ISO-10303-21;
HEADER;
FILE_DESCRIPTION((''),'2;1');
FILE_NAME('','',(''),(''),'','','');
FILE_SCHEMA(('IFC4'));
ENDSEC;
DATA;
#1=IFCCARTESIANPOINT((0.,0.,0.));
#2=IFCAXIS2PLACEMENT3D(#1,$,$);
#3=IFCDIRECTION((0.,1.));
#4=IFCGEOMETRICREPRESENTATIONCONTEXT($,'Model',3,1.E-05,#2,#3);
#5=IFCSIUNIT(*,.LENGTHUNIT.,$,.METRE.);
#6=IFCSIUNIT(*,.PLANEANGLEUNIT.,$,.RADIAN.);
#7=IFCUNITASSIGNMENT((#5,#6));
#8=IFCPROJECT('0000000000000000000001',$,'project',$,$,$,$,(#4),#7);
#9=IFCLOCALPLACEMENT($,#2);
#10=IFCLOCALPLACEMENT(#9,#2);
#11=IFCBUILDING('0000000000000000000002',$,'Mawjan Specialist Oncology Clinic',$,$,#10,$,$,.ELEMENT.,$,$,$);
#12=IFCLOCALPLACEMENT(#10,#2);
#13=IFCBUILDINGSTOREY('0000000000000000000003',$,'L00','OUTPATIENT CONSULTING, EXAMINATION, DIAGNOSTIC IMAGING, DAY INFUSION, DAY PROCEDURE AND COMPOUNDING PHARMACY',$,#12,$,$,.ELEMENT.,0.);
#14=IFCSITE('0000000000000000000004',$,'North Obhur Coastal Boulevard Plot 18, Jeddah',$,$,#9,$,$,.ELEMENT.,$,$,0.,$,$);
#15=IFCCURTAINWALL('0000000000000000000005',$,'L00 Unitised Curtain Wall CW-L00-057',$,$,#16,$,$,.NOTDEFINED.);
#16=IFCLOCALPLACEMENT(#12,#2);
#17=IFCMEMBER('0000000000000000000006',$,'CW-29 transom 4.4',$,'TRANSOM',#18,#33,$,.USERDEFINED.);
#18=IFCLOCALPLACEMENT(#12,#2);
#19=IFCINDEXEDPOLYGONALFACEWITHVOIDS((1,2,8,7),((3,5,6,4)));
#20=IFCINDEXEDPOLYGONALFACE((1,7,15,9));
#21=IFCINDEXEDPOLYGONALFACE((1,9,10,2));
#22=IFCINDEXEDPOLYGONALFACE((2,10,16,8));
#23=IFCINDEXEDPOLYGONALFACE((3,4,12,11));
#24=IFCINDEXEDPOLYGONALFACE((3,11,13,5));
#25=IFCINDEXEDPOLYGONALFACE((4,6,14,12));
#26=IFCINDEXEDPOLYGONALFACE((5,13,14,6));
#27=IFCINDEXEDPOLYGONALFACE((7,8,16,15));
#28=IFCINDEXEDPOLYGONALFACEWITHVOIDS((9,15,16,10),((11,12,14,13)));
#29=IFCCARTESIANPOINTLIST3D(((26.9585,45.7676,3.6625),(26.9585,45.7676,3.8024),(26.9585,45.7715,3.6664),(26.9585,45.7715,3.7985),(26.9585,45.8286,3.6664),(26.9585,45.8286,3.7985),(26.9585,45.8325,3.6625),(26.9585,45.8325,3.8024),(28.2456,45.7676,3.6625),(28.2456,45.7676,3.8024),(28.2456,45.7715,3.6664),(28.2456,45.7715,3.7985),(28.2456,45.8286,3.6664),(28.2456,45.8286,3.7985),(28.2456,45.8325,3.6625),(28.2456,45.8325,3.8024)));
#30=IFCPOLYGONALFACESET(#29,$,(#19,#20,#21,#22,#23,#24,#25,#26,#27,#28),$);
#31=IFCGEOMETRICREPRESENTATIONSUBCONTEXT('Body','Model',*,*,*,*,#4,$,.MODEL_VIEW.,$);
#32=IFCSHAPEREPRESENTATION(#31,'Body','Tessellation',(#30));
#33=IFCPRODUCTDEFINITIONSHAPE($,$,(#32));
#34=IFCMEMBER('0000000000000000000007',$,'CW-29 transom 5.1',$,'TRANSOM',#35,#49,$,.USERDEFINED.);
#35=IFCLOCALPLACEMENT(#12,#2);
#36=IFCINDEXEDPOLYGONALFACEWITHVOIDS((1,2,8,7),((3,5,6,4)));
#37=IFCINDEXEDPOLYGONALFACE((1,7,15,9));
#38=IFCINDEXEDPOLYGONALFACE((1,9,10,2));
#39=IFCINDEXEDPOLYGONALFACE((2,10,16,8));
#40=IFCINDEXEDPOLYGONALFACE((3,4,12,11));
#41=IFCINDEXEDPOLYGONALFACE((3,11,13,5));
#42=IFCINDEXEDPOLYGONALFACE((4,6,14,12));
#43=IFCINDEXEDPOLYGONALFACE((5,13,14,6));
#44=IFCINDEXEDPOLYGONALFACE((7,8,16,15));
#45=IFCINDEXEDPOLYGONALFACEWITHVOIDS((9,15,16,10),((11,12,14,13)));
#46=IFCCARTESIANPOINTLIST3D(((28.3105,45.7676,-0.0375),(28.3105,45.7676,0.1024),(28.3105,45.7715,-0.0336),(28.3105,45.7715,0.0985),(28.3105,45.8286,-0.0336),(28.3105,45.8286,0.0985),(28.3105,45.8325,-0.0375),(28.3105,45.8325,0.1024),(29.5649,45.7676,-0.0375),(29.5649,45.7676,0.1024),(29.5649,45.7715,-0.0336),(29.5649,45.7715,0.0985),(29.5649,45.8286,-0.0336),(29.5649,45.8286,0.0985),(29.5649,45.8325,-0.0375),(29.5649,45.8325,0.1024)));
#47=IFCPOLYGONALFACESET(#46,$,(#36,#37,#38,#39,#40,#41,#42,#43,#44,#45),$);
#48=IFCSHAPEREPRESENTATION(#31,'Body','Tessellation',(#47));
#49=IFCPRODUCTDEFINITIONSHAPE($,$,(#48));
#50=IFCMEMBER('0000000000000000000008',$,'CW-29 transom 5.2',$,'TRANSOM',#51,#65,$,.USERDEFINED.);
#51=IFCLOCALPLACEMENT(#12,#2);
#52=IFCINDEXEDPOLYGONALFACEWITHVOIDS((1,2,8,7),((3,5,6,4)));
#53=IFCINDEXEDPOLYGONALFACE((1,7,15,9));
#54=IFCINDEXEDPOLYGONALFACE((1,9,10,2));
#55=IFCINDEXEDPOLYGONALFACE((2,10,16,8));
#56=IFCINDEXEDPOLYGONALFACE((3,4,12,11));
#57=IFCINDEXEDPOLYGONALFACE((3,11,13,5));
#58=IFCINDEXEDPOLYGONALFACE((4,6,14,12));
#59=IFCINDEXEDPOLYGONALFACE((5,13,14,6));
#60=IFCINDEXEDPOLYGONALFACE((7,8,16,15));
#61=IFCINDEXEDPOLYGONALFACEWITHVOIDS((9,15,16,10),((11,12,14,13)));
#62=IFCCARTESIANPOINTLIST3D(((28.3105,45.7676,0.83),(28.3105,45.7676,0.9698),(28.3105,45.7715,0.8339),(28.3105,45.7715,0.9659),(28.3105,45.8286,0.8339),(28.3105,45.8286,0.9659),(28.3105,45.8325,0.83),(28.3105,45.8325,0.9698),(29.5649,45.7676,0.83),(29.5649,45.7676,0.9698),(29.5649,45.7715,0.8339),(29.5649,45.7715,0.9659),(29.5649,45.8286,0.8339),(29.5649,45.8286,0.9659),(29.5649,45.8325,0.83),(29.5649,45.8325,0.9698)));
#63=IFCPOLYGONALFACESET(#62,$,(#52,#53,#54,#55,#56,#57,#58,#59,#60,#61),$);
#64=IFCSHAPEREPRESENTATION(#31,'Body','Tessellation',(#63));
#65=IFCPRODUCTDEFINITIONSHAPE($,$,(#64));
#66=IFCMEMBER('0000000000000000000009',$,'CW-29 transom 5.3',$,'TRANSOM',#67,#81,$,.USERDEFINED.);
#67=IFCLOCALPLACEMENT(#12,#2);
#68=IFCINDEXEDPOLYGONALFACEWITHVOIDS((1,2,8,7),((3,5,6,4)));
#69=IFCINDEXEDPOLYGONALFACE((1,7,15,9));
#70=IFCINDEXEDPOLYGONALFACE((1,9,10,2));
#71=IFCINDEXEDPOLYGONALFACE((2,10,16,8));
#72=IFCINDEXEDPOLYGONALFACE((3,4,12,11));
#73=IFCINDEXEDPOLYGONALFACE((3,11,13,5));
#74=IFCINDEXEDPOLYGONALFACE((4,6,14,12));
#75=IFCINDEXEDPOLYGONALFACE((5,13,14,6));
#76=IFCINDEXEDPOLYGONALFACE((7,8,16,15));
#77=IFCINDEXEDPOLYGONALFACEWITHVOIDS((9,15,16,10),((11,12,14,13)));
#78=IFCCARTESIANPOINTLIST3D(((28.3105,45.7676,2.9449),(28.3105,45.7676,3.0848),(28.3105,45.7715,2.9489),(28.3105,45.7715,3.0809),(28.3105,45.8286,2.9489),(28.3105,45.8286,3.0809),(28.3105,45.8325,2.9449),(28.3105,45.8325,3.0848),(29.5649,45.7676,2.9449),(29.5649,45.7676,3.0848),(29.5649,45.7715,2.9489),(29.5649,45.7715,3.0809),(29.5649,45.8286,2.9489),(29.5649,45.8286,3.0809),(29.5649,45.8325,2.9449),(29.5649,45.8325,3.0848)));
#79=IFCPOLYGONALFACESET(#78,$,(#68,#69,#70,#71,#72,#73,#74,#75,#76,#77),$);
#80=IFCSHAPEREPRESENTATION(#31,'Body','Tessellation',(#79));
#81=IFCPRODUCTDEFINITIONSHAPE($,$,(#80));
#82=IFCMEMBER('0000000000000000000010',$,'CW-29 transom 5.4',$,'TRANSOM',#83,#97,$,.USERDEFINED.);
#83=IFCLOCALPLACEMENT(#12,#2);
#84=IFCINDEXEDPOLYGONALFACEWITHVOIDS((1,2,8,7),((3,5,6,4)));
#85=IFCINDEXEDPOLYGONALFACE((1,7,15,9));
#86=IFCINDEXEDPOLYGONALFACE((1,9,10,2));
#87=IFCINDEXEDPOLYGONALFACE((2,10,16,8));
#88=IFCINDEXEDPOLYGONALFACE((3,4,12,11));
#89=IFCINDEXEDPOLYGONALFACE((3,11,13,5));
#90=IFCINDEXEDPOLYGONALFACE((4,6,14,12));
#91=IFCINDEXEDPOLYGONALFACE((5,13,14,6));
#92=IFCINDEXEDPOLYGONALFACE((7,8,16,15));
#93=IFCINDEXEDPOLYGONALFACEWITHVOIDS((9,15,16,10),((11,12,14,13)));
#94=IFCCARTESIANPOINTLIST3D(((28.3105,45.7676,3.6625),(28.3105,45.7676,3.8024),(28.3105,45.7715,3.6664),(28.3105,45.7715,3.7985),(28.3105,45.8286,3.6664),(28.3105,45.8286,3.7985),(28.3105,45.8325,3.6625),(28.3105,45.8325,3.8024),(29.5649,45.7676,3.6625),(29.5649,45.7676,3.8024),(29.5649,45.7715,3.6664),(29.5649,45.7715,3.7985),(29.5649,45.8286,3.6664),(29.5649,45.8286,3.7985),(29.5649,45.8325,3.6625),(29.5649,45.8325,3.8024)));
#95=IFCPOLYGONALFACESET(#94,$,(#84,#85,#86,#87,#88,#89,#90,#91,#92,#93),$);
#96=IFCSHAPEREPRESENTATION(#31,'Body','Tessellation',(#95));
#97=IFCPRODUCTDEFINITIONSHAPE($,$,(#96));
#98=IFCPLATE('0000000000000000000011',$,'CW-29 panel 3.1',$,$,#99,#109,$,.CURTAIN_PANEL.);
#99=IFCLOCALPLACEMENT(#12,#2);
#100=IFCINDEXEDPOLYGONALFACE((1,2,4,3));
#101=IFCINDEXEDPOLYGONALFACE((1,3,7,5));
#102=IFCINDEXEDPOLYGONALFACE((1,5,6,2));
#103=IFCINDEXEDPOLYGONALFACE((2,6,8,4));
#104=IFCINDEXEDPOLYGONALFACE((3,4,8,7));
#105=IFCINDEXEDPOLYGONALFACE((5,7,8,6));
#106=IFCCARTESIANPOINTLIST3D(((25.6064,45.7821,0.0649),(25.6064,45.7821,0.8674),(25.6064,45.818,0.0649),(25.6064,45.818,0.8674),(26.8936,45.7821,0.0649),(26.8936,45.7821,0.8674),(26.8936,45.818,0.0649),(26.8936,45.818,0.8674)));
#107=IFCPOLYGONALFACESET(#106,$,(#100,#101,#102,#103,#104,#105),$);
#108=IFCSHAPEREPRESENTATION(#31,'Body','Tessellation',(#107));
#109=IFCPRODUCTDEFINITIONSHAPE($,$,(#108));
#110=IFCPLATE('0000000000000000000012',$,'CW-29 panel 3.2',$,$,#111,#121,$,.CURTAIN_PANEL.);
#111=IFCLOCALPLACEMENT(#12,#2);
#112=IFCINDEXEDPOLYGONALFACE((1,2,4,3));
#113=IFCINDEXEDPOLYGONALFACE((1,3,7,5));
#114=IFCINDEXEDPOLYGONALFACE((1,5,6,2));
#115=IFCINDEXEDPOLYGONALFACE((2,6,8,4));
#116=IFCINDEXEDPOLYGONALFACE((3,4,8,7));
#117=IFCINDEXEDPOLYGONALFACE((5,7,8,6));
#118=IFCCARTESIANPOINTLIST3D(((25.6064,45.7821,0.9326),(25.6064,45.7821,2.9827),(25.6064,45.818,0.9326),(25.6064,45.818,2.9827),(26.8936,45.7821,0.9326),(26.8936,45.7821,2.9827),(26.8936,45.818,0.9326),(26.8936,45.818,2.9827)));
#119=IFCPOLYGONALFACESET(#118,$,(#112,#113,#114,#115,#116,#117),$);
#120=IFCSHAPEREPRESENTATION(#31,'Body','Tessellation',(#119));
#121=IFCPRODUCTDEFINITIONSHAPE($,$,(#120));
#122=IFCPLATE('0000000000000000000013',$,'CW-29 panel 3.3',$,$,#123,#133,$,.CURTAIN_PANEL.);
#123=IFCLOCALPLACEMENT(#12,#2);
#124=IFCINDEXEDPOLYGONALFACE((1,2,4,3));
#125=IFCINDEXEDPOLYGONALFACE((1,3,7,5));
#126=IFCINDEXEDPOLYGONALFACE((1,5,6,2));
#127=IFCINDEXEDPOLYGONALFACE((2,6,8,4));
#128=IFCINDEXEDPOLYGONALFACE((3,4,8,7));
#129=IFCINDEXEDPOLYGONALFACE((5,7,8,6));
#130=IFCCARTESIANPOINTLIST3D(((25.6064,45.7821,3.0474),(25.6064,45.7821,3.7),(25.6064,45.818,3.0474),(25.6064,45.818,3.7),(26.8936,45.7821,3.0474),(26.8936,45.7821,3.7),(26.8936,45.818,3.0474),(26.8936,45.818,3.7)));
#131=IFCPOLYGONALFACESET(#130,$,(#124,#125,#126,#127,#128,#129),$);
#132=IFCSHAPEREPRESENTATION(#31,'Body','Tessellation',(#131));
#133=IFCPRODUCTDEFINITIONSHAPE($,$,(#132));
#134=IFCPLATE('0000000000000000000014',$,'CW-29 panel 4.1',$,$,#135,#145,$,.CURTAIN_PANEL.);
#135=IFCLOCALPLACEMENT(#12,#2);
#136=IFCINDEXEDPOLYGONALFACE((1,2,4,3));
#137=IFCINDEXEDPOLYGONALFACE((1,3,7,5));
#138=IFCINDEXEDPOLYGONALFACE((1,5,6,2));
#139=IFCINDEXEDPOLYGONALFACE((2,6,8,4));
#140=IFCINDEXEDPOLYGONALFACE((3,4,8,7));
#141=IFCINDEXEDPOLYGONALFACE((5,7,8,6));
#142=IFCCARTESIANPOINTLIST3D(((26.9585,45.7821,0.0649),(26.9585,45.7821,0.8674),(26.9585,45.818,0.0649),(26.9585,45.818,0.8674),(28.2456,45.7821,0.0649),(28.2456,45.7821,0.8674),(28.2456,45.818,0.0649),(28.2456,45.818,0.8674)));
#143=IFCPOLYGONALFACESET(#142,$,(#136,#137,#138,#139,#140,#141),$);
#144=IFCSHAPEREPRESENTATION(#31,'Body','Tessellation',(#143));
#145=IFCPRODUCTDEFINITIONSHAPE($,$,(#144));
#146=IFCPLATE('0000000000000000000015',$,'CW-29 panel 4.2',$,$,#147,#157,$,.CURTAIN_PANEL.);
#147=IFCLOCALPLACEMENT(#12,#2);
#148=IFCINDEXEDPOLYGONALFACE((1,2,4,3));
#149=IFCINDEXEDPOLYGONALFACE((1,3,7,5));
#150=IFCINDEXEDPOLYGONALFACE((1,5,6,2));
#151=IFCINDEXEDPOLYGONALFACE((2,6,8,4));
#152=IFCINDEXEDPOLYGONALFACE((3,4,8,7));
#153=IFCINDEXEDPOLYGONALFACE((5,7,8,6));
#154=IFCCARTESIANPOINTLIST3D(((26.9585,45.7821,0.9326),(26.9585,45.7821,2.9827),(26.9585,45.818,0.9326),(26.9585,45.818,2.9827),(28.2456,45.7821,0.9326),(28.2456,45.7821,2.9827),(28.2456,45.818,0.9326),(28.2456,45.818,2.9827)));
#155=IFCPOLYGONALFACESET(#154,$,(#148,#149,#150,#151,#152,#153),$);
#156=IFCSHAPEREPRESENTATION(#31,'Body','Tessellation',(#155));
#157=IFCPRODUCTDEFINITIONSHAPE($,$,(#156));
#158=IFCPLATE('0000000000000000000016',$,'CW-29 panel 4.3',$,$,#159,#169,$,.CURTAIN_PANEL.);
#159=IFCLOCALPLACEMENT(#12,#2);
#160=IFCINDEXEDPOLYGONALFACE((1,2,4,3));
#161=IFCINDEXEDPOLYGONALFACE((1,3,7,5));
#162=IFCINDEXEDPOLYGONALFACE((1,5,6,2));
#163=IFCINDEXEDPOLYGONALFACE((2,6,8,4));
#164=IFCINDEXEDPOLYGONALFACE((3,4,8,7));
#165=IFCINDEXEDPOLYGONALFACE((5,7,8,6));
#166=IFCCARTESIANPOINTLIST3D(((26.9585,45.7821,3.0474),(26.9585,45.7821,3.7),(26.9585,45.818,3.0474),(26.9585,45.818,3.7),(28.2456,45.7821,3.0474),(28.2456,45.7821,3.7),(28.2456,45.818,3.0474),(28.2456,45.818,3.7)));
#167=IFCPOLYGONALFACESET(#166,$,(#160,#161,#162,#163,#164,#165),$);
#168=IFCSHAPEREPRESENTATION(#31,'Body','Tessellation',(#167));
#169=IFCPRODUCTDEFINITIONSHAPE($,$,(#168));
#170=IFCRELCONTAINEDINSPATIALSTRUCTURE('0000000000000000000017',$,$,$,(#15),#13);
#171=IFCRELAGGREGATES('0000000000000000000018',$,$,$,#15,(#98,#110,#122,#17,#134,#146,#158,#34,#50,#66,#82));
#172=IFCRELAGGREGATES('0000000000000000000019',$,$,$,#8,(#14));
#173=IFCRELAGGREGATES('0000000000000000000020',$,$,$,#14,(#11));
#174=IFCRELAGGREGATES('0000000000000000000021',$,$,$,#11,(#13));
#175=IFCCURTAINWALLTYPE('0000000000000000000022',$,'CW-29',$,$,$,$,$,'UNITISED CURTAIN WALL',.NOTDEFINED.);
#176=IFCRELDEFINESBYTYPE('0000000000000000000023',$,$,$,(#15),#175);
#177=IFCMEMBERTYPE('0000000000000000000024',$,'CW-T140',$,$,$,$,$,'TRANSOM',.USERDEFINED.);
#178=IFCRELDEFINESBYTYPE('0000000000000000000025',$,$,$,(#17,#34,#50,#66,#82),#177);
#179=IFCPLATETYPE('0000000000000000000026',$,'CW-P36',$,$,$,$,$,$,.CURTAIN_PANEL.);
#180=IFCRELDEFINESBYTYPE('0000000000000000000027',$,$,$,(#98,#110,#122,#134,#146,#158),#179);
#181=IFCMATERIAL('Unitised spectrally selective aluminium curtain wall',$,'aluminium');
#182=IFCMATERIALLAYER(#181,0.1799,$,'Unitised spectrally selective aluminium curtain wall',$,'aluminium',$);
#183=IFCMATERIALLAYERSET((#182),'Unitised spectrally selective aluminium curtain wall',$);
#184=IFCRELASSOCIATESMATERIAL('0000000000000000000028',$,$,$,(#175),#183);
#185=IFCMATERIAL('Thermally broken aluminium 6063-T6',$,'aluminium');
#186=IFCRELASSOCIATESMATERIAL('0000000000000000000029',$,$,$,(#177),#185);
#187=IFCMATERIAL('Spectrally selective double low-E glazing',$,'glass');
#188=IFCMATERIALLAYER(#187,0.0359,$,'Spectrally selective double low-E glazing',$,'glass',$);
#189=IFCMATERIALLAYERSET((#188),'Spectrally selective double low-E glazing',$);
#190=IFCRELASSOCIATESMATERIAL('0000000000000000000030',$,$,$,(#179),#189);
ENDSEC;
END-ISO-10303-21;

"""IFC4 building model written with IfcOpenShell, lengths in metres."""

from ifc_helpers import new_model, si_unit, direction, frame, origin, origin_2d, place, context, subcontext, project, spatial, rectangle, hollow_rectangle, extrude, material, layer, layer_set, material_profile, profile_set, type_object, element, aggregate, save


model = new_model("IFC4")

# Units and contexts
model_context = context("Model", 3, precision=1e-05, world=origin(), true_north=direction((0.0, 1.0)))
body_context = subcontext(model_context, "Body", "Model", "MODEL_VIEW")
ifc_project = project(units=[si_unit("LENGTHUNIT", "METRE"), si_unit("PLANEANGLEUNIT", "RADIAN")], contexts=[model_context])

# Site, building, storey
site_placement = place(None, origin())
site = spatial("IfcSite", under=ifc_project, at=site_placement, Name="North Obhur Coastal Boulevard Plot 18, Jeddah", CompositionType="ELEMENT", RefElevation=0.0)
building_placement = place(site_placement, origin())
building = spatial("IfcBuilding", under=site, at=building_placement, Name="Mawjan Specialist Oncology Clinic", CompositionType="ELEMENT")
storey_placement = place(building_placement, origin())
storey = spatial("IfcBuildingStorey", under=building, at=storey_placement, Name="L00", Description="OUTPATIENT CONSULTING, EXAMINATION, DIAGNOSTIC IMAGING, DAY INFUSION, DAY PROCEDURE AND COMPOUNDING PHARMACY", CompositionType="ELEMENT", Elevation=0.0)

# Curtain wall, members, plates
ifc_material_1 = material(Name="Unitised spectrally selective aluminium curtain wall", Category="aluminium")
ifc_layer_1 = layer(ifc_material_1, 0.1799, Name="Unitised spectrally selective aluminium curtain wall", Category="aluminium")
ifc_layer_set_1 = layer_set([ifc_layer_1], Name="Unitised spectrally selective aluminium curtain wall")
curtain_wall_type = type_object("IfcCurtainWallType", Name="CW-29", ElementType="UNITISED CURTAIN WALL", PredefinedType="NOTDEFINED", material=ifc_layer_set_1)
curtain_wall_placement = place(storey_placement, origin())
curtain_wall = element("IfcCurtainWall", 1, at=curtain_wall_placement, inside=storey, type_object=curtain_wall_type, Name="L00 Unitised Curtain Wall CW-L00-057", PredefinedType="NOTDEFINED")
ifc_material_2 = material(Name="Thermally broken aluminium 6063-T6", Category="aluminium")
ifc_material_profile_1 = material_profile(ifc_material_2, hollow_rectangle(XDim=0.0649, YDim=0.1399, WallThickness=0.0039, at=origin_2d()), Name="ALU TRANSOM 140x65x4", Category="aluminium")
ifc_profile_set_1 = profile_set([ifc_material_profile_1], Name="Thermally broken aluminium 6063-T6")
member_type_1 = type_object("IfcMemberType", Name="CW-T140", ElementType="TRANSOM", PredefinedType="USERDEFINED", material=ifc_profile_set_1)
member_1_placement = place(storey_placement, frame((26.9585, 45.8, 3.7324), z_axis=(1.0, 0.0, 0.0), x_axis=(0.0, 1.0, 0.0)))
member_1 = element("IfcMember", 2, at=member_1_placement, type_object=member_type_1, Name="CW-29 transom 4.4", ObjectType="TRANSOM", PredefinedType="USERDEFINED", context=body_context, shape_type="SweptSolid", body=[
    extrude(hollow_rectangle(XDim=0.0649, YDim=0.1399, WallThickness=0.0039, at=origin_2d()), origin(), (0.0, 0.0, 1.0), 1.2871),
])
member_2_placement = place(storey_placement, frame((28.3105, 45.8, 0.0325), z_axis=(1.0, 0.0, 0.0), x_axis=(0.0, 1.0, 0.0)))
member_2 = element("IfcMember", 3, at=member_2_placement, type_object=member_type_1, Name="CW-29 transom 5.1", ObjectType="TRANSOM", PredefinedType="USERDEFINED", context=body_context, shape_type="SweptSolid", body=[
    extrude(hollow_rectangle(XDim=0.0649, YDim=0.1399, WallThickness=0.0039, at=origin_2d()), origin(), (0.0, 0.0, 1.0), 1.2544),
])
member_3_placement = place(storey_placement, frame((28.3105, 45.8, 0.8999), z_axis=(1.0, 0.0, 0.0), x_axis=(0.0, 1.0, 0.0)))
member_3 = element("IfcMember", 4, at=member_3_placement, type_object=member_type_1, Name="CW-29 transom 5.2", ObjectType="TRANSOM", PredefinedType="USERDEFINED", context=body_context, shape_type="SweptSolid", body=[
    extrude(hollow_rectangle(XDim=0.0649, YDim=0.1399, WallThickness=0.0039, at=origin_2d()), origin(), (0.0, 0.0, 1.0), 1.2544),
])
member_4_placement = place(storey_placement, frame((28.3105, 45.8, 3.0149), z_axis=(1.0, 0.0, 0.0), x_axis=(0.0, 1.0, 0.0)))
member_4 = element("IfcMember", 5, at=member_4_placement, type_object=member_type_1, Name="CW-29 transom 5.3", ObjectType="TRANSOM", PredefinedType="USERDEFINED", context=body_context, shape_type="SweptSolid", body=[
    extrude(hollow_rectangle(XDim=0.0649, YDim=0.1399, WallThickness=0.0039, at=origin_2d()), origin(), (0.0, 0.0, 1.0), 1.2544),
])
member_5_placement = place(storey_placement, frame((28.3105, 45.8, 3.7324), z_axis=(1.0, 0.0, 0.0), x_axis=(0.0, 1.0, 0.0)))
member_5 = element("IfcMember", 6, at=member_5_placement, type_object=member_type_1, Name="CW-29 transom 5.4", ObjectType="TRANSOM", PredefinedType="USERDEFINED", context=body_context, shape_type="SweptSolid", body=[
    extrude(hollow_rectangle(XDim=0.0649, YDim=0.1399, WallThickness=0.0039, at=origin_2d()), origin(), (0.0, 0.0, 1.0), 1.2544),
])
ifc_material_3 = material(Name="Spectrally selective double low-E glazing", Category="glass")
ifc_layer_2 = layer(ifc_material_3, 0.0359, Name="Spectrally selective double low-E glazing", Category="glass")
ifc_layer_set_2 = layer_set([ifc_layer_2], Name="Spectrally selective double low-E glazing")
plate_type = type_object("IfcPlateType", Name="CW-P36", PredefinedType="CURTAIN_PANEL", material=ifc_layer_set_2)
plate_1_placement = place(storey_placement, frame((26.25, 45.8, 0.0649), z_axis=(0.0, 0.0, 1.0), x_axis=(1.0, 0.0, 0.0)))
plate_1 = element("IfcPlate", 7, at=plate_1_placement, type_object=plate_type, Name="CW-29 panel 3.1", PredefinedType="CURTAIN_PANEL", context=body_context, shape_type="SweptSolid", body=[
    extrude(rectangle(XDim=1.2871, YDim=0.0359, at=origin_2d()), origin(), (0.0, 0.0, 1.0), 0.8025),
])
plate_2_placement = place(storey_placement, frame((26.25, 45.8, 0.9326), z_axis=(0.0, 0.0, 1.0), x_axis=(1.0, 0.0, 0.0)))
plate_2 = element("IfcPlate", 8, at=plate_2_placement, type_object=plate_type, Name="CW-29 panel 3.2", PredefinedType="CURTAIN_PANEL", context=body_context, shape_type="SweptSolid", body=[
    extrude(rectangle(XDim=1.2871, YDim=0.0359, at=origin_2d()), origin(), (0.0, 0.0, 1.0), 2.05),
])
plate_3_placement = place(storey_placement, frame((26.25, 45.8, 3.0474), z_axis=(0.0, 0.0, 1.0), x_axis=(1.0, 0.0, 0.0)))
plate_3 = element("IfcPlate", 9, at=plate_3_placement, type_object=plate_type, Name="CW-29 panel 3.3", PredefinedType="CURTAIN_PANEL", context=body_context, shape_type="SweptSolid", body=[
    extrude(rectangle(XDim=1.2871, YDim=0.0359, at=origin_2d()), origin(), (0.0, 0.0, 1.0), 0.6526),
])
plate_4_placement = place(storey_placement, frame((27.6021, 45.8, 0.0649), z_axis=(0.0, 0.0, 1.0), x_axis=(1.0, 0.0, 0.0)))
plate_4 = element("IfcPlate", 10, at=plate_4_placement, type_object=plate_type, Name="CW-29 panel 4.1", PredefinedType="CURTAIN_PANEL", context=body_context, shape_type="SweptSolid", body=[
    extrude(rectangle(XDim=1.2871, YDim=0.0359, at=origin_2d()), origin(), (0.0, 0.0, 1.0), 0.8025),
])
plate_5_placement = place(storey_placement, frame((27.6021, 45.8, 0.9326), z_axis=(0.0, 0.0, 1.0), x_axis=(1.0, 0.0, 0.0)))
plate_5 = element("IfcPlate", 11, at=plate_5_placement, type_object=plate_type, Name="CW-29 panel 4.2", PredefinedType="CURTAIN_PANEL", context=body_context, shape_type="SweptSolid", body=[
    extrude(rectangle(XDim=1.2871, YDim=0.0359, at=origin_2d()), origin(), (0.0, 0.0, 1.0), 2.05),
])
plate_6_placement = place(storey_placement, frame((27.6021, 45.8, 3.0474), z_axis=(0.0, 0.0, 1.0), x_axis=(1.0, 0.0, 0.0)))
plate_6 = element("IfcPlate", 12, at=plate_6_placement, type_object=plate_type, Name="CW-29 panel 4.3", PredefinedType="CURTAIN_PANEL", context=body_context, shape_type="SweptSolid", body=[
    extrude(rectangle(XDim=1.2871, YDim=0.0359, at=origin_2d()), origin(), (0.0, 0.0, 1.0), 0.6526),
])
aggregate(curtain_wall, [plate_1, plate_2, plate_3, member_1, plate_4, plate_5, plate_6, member_2, member_3, member_4, member_5])

save(model, "model.ifc")
